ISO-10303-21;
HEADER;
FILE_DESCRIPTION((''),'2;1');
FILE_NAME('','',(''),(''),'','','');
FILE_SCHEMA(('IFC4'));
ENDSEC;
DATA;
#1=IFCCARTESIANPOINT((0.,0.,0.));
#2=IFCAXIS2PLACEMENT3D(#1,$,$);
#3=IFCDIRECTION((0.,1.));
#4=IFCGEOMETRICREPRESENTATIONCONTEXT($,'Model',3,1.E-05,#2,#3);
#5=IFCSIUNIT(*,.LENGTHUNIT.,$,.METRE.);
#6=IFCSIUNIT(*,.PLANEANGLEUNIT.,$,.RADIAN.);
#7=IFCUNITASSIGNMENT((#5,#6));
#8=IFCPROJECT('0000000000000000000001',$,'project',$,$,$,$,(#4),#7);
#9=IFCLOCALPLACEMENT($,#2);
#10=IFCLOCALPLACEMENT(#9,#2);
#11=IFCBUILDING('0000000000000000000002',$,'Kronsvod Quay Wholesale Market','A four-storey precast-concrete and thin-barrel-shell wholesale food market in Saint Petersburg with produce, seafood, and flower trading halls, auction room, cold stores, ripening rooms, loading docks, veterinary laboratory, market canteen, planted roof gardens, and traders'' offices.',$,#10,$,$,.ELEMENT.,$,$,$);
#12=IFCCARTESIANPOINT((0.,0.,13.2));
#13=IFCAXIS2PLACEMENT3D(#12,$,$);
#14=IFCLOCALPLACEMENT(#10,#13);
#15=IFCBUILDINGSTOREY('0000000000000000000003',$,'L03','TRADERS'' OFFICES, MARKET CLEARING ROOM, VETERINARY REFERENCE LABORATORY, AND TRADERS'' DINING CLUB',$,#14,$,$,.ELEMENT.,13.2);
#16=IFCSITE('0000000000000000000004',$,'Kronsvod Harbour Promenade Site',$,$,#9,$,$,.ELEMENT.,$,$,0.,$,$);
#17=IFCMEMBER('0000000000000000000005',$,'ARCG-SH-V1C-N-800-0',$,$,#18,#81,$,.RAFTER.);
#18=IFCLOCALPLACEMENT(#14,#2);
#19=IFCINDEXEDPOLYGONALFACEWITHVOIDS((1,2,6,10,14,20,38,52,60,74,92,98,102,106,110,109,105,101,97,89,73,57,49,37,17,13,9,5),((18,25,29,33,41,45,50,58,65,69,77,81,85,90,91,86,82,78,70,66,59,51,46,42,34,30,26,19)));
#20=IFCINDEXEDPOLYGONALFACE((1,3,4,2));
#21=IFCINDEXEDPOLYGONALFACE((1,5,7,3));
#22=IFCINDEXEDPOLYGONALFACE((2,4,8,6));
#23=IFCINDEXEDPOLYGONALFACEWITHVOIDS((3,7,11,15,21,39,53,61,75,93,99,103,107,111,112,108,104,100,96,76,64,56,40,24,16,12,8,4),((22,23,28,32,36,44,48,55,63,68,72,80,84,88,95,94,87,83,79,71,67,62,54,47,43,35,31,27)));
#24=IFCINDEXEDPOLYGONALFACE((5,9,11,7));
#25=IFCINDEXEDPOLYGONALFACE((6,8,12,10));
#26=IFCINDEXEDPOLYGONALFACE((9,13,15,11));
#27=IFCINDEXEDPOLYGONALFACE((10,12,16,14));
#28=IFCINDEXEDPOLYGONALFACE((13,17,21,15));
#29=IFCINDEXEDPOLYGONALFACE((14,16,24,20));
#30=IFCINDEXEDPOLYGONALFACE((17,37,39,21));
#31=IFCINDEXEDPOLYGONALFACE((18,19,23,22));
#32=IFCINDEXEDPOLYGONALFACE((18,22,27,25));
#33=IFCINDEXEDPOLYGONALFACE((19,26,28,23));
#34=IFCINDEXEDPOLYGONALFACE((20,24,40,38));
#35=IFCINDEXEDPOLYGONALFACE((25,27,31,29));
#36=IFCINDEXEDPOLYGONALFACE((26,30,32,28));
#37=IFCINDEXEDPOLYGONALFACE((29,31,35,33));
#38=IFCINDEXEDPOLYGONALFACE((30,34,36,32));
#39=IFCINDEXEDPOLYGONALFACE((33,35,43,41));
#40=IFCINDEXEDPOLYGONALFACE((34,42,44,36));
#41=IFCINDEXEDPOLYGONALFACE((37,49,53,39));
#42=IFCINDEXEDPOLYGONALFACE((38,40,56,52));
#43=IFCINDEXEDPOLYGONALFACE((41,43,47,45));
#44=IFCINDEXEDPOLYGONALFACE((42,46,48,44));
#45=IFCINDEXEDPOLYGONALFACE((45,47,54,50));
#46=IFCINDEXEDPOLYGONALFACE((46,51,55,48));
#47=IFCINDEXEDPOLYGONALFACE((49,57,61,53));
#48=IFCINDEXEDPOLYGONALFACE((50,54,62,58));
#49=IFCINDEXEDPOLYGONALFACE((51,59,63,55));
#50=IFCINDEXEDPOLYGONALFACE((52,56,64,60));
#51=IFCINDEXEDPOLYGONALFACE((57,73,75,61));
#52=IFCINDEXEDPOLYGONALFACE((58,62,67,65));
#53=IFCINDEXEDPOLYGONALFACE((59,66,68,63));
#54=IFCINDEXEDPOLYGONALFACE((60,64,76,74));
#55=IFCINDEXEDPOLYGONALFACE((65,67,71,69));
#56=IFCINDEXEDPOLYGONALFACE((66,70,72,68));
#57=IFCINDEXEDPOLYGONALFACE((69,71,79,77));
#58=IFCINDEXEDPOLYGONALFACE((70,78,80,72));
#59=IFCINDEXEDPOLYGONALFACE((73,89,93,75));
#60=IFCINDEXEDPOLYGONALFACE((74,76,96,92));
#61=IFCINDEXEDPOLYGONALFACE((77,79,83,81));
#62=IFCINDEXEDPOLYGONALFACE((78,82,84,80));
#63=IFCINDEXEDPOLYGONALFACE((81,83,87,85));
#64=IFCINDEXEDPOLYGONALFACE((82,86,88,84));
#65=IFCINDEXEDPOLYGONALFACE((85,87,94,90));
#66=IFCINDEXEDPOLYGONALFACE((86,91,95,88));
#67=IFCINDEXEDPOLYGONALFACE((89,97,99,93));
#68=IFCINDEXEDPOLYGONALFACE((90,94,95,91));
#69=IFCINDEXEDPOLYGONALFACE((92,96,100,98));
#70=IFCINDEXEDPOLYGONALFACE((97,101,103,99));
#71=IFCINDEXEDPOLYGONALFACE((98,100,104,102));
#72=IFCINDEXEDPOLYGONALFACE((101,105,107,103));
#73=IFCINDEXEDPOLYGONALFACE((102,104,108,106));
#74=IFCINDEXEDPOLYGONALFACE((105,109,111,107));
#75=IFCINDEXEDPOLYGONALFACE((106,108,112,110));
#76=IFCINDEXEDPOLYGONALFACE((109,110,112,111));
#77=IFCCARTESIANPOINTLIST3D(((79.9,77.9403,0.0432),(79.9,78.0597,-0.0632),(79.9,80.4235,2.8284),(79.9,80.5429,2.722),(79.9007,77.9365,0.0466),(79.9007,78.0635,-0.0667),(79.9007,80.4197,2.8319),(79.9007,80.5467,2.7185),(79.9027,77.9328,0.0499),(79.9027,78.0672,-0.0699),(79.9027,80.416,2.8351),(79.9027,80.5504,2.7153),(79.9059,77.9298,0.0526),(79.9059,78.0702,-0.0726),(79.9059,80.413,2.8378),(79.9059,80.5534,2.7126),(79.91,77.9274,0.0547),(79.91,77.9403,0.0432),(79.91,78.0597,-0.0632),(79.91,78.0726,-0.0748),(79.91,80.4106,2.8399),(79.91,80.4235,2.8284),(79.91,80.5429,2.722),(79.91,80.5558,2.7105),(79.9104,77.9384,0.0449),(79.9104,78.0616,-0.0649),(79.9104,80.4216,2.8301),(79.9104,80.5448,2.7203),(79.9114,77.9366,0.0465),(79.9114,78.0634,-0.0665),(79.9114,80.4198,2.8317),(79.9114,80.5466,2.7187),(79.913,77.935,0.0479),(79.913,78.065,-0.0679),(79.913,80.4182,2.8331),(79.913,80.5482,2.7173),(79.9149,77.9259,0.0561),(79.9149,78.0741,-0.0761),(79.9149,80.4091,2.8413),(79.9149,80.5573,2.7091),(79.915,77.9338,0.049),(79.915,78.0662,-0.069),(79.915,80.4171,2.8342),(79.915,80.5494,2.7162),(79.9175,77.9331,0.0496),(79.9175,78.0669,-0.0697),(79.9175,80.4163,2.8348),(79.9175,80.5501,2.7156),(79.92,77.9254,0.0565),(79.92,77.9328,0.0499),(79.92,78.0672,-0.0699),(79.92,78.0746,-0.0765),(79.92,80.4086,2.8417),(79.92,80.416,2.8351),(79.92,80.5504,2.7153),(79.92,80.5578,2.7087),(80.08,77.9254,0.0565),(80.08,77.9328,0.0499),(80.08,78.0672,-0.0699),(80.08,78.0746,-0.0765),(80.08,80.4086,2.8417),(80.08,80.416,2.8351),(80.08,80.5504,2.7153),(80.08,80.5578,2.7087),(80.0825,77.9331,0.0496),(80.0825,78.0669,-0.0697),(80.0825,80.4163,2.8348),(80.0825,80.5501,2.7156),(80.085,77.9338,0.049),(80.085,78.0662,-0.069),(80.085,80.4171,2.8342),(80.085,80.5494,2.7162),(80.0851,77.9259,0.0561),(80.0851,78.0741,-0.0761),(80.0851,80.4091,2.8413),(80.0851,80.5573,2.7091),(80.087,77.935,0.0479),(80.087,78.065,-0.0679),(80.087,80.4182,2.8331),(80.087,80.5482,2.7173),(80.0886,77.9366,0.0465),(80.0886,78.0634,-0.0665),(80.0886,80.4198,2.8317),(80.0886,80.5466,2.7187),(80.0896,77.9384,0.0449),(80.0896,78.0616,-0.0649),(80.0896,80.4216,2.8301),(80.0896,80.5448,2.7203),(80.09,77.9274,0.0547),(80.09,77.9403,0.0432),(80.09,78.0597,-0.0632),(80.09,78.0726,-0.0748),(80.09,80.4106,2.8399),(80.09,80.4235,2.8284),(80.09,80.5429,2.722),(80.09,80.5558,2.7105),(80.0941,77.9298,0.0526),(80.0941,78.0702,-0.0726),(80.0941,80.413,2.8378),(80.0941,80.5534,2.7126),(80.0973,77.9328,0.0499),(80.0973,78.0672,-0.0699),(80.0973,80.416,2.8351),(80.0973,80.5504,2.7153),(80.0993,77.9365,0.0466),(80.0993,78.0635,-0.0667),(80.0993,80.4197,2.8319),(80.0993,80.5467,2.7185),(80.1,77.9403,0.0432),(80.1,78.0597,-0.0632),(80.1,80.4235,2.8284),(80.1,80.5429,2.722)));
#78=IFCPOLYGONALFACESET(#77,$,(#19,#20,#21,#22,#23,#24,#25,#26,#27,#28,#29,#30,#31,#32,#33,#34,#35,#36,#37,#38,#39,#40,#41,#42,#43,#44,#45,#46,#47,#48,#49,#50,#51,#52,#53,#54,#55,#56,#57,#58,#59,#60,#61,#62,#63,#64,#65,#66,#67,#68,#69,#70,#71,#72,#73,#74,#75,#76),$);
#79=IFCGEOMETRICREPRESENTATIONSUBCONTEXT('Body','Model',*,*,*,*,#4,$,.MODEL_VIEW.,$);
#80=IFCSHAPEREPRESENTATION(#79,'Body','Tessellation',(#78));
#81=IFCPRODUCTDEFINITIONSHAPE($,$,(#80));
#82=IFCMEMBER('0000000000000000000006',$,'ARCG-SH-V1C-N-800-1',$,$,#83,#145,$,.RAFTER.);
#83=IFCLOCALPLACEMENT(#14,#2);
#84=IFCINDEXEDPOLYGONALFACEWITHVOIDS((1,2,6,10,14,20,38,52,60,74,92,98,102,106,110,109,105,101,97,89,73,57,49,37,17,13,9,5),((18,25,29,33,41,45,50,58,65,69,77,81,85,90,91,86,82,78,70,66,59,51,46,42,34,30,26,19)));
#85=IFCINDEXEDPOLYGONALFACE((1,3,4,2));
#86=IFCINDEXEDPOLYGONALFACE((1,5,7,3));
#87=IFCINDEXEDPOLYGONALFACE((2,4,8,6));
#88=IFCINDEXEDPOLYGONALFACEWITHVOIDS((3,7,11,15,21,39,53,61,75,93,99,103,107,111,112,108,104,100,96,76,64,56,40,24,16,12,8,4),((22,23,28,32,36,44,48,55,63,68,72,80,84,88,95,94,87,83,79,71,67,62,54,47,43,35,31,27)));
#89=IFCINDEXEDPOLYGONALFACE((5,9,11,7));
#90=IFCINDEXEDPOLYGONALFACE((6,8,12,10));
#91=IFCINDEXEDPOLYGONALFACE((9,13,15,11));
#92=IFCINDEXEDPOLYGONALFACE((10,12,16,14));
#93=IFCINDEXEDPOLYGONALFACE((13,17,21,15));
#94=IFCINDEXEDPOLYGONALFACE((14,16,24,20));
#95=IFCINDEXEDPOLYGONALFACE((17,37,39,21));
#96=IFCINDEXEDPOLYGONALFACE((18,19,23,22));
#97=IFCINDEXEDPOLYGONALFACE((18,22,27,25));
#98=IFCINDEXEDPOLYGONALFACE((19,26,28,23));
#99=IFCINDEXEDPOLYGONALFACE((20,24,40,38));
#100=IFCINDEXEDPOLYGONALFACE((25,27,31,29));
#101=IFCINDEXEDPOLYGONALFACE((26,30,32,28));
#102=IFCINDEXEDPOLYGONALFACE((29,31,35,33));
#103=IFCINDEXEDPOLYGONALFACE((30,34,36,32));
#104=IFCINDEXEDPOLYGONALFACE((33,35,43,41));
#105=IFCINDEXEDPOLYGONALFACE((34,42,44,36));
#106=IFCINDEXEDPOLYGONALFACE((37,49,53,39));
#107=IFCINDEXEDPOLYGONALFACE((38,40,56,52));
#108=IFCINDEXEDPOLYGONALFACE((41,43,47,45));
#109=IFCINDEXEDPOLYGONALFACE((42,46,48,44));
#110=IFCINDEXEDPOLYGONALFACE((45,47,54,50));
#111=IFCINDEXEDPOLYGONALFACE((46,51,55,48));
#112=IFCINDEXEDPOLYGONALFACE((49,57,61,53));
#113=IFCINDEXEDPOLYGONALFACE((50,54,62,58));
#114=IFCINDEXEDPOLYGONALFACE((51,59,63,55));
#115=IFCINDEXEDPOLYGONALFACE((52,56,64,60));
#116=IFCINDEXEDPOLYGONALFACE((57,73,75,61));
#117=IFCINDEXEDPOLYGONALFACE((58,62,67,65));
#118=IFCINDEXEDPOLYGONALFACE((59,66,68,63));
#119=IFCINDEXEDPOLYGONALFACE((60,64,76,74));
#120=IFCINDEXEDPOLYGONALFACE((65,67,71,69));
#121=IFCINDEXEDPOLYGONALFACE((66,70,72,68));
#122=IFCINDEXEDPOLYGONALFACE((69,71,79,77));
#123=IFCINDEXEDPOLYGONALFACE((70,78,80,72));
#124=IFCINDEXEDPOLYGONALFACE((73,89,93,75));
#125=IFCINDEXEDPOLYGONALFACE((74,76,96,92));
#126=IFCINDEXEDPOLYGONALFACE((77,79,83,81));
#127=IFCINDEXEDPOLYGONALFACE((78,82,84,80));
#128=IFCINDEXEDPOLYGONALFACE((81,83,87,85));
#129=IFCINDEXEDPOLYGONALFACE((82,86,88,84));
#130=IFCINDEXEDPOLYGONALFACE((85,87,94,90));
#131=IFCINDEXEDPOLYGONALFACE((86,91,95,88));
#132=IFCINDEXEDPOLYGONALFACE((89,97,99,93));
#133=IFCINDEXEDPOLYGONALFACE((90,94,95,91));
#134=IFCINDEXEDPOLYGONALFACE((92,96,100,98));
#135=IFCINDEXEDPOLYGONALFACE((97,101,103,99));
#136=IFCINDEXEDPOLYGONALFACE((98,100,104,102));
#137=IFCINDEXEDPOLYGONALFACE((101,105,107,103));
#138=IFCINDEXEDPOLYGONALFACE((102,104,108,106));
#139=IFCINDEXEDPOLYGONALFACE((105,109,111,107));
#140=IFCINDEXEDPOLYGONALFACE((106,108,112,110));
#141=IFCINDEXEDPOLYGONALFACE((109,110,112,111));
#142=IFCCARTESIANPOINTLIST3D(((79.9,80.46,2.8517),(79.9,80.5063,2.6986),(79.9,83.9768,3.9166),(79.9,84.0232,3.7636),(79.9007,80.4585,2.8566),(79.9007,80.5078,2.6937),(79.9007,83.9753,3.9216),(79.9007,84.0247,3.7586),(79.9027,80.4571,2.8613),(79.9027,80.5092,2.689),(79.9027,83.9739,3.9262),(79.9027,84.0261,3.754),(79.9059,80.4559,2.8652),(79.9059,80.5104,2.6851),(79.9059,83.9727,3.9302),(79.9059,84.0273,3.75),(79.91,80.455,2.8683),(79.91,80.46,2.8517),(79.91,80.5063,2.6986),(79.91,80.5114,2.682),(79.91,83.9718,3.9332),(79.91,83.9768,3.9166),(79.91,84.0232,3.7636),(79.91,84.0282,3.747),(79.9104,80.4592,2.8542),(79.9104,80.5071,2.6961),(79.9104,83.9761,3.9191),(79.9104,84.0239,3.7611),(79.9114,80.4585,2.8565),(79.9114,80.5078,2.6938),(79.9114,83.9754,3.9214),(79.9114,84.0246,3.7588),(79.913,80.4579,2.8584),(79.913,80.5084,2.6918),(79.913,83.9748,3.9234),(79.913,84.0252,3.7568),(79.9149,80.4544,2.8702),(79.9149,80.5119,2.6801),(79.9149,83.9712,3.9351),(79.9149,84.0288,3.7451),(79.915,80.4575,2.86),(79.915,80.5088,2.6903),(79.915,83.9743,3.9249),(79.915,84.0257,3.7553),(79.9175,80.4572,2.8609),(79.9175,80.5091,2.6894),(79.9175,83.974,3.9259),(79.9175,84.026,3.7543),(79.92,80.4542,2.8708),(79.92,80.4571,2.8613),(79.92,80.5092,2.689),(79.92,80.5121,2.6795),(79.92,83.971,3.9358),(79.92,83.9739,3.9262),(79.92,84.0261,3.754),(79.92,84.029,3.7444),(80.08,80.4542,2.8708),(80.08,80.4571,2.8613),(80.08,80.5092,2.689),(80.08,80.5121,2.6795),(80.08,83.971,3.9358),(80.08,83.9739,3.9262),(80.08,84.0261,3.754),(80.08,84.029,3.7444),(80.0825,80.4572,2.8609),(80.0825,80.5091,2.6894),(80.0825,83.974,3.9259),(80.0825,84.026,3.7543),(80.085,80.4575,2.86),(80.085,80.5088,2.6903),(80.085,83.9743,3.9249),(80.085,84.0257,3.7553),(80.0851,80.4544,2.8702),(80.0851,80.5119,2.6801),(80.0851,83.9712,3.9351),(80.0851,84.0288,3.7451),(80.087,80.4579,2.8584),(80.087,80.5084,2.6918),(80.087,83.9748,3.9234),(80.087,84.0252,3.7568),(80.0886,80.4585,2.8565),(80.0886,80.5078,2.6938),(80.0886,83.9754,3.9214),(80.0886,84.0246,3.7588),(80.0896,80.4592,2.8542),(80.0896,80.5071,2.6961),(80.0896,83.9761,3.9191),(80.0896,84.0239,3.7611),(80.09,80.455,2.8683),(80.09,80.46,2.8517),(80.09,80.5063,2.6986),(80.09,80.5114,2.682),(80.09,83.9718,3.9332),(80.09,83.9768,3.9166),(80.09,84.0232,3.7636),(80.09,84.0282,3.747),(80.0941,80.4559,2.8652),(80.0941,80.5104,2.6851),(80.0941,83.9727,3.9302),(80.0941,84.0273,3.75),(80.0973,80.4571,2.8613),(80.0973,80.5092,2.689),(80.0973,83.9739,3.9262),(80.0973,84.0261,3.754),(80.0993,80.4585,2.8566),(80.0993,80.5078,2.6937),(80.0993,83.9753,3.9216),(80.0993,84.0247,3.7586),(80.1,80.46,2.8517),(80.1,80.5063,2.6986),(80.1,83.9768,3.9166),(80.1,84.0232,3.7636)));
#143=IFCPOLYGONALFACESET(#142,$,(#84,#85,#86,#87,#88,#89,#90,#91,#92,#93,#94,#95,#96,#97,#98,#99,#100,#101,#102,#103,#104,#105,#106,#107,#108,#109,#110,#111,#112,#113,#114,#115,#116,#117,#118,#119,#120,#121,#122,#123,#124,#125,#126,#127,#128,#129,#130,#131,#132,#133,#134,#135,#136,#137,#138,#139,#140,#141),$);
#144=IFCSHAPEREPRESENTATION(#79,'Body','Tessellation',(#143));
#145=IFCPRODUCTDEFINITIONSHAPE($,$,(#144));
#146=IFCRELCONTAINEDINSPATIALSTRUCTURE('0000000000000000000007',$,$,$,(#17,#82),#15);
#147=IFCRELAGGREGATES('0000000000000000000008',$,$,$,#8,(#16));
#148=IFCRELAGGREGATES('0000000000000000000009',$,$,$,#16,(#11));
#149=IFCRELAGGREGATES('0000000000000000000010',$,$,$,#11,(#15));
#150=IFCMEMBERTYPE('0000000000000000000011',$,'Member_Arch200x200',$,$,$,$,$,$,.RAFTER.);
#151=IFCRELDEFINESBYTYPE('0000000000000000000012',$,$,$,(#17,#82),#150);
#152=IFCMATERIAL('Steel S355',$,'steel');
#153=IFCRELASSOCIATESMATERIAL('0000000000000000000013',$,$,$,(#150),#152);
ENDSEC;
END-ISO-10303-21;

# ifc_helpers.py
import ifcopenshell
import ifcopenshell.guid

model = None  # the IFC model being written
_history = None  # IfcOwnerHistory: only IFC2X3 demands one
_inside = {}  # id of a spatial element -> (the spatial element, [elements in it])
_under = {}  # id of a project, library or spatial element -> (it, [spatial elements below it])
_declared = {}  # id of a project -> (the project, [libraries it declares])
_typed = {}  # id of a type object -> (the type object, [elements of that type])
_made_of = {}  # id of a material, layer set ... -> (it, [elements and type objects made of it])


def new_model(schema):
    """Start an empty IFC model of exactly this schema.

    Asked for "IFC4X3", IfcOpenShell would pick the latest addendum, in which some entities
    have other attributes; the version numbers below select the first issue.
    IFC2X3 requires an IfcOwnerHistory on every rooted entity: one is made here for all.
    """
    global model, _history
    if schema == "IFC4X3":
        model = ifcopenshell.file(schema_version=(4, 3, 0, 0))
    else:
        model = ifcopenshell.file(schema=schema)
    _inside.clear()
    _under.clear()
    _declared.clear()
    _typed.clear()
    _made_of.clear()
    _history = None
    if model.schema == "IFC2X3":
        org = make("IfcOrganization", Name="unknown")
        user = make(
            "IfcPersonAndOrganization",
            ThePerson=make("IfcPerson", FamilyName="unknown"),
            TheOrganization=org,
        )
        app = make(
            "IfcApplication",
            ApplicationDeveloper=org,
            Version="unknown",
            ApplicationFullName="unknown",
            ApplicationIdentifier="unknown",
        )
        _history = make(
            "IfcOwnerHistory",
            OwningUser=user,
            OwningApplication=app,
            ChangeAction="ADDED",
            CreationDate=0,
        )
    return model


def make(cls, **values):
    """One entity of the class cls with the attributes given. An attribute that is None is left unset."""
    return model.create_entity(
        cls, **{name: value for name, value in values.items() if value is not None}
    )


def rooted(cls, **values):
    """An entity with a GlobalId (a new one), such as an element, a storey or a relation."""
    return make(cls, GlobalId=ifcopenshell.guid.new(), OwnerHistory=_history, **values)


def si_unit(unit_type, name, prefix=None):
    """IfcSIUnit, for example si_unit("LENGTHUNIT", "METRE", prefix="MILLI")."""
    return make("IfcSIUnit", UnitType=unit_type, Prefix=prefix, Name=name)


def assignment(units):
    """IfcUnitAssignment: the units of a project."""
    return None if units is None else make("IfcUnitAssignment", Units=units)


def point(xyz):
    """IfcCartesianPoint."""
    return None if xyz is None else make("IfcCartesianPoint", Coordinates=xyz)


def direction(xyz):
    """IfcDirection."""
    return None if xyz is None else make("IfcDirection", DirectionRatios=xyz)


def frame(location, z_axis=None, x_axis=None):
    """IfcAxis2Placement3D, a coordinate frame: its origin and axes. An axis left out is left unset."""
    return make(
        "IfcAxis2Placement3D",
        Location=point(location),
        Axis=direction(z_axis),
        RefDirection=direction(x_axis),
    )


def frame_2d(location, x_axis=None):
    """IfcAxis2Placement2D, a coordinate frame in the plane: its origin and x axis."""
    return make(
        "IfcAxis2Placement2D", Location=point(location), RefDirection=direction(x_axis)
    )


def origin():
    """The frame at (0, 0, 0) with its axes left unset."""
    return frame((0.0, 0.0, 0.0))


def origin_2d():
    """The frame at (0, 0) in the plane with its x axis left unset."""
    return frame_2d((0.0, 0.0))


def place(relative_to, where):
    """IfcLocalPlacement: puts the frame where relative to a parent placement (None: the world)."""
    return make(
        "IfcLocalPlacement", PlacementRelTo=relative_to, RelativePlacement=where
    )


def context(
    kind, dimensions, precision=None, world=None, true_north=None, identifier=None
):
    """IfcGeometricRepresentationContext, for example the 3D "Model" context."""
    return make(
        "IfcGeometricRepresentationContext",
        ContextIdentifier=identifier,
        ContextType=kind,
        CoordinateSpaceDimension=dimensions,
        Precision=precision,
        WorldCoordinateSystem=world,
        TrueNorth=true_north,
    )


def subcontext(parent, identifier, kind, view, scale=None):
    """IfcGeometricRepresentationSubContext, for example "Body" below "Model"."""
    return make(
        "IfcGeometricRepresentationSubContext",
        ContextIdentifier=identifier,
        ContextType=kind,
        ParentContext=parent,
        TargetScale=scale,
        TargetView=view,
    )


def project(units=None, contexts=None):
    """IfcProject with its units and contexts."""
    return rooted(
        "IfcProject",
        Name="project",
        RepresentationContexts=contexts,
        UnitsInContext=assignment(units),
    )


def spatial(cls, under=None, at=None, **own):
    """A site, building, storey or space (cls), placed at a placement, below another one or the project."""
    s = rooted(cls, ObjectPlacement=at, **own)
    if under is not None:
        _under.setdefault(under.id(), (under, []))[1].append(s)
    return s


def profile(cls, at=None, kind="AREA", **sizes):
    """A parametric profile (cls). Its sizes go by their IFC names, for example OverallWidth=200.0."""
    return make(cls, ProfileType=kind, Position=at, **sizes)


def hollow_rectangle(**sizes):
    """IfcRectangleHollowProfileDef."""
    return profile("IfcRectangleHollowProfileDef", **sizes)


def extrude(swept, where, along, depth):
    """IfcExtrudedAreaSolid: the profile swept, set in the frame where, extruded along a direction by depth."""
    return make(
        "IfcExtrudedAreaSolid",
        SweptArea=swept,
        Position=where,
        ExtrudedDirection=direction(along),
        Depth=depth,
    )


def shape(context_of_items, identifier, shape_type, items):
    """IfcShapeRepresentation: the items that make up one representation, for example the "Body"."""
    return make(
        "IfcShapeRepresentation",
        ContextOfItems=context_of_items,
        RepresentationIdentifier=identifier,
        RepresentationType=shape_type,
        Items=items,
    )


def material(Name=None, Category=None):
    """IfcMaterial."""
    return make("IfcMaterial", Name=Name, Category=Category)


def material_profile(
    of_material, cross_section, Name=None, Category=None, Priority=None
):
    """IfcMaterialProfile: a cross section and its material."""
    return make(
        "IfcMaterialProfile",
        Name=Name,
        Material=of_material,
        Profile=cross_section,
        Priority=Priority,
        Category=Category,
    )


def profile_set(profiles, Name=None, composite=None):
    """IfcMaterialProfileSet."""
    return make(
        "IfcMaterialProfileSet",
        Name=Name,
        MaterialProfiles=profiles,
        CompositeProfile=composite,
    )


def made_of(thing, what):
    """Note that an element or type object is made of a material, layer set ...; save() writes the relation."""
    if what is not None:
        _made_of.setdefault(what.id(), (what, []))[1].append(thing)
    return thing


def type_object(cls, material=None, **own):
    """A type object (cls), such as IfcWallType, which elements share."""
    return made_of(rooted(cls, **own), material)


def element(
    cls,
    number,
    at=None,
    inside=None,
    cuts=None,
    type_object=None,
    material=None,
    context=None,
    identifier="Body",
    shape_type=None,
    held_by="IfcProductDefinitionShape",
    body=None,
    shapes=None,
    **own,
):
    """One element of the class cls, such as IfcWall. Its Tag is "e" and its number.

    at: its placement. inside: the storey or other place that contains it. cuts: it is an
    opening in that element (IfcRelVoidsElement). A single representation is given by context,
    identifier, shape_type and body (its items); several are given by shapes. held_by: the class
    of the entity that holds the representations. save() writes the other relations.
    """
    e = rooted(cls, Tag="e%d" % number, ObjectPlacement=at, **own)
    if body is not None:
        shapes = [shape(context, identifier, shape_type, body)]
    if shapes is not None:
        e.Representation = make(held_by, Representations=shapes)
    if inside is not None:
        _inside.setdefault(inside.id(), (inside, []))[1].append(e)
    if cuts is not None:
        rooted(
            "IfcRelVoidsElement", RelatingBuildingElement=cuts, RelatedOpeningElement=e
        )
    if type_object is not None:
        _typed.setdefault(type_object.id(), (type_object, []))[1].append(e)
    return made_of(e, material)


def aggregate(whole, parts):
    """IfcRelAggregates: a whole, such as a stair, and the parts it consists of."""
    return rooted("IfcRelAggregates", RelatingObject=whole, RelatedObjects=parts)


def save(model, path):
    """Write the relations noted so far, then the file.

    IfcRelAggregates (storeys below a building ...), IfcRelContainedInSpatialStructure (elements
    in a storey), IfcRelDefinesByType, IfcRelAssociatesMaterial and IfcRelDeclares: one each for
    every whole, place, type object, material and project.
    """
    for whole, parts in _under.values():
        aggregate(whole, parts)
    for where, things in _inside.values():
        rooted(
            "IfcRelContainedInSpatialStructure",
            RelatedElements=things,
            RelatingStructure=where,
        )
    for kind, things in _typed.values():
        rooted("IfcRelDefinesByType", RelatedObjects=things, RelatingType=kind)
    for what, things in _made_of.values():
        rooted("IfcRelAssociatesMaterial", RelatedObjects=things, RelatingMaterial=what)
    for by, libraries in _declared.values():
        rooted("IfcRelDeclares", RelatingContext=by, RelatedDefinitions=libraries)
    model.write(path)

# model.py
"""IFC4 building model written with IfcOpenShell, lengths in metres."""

from ifc_helpers import new_model, si_unit, direction, frame, origin, origin_2d, place, context, subcontext, project, spatial, hollow_rectangle, extrude, material, material_profile, profile_set, type_object, element, save


model = new_model("IFC4")

# Units and contexts
model_context = context("Model", 3, precision=1e-05, world=origin(), true_north=direction((0.0, 1.0)))
body_context = subcontext(model_context, "Body", "Model", "MODEL_VIEW")
ifc_project = project(units=[si_unit("LENGTHUNIT", "METRE"), si_unit("PLANEANGLEUNIT", "RADIAN")], contexts=[model_context])

# Site, building, storey
site_placement = place(None, origin())
site = spatial("IfcSite", under=ifc_project, at=site_placement, Name="Kronsvod Harbour Promenade Site", CompositionType="ELEMENT", RefElevation=0.0)
building_placement = place(site_placement, origin())
building = spatial("IfcBuilding", under=site, at=building_placement, Name="Kronsvod Quay Wholesale Market", Description="A four-storey precast-concrete and thin-barrel-shell wholesale food market in Saint Petersburg with produce, seafood, and flower trading halls, auction room, cold stores, ripening rooms, loading docks, veterinary laboratory, market canteen, planted roof gardens, and traders' offices.", CompositionType="ELEMENT")
storey_placement = place(building_placement, frame((0.0, 0.0, 13.2)))
storey = spatial("IfcBuildingStorey", under=building, at=storey_placement, Name="L03", Description="TRADERS' OFFICES, MARKET CLEARING ROOM, VETERINARY REFERENCE LABORATORY, AND TRADERS' DINING CLUB", CompositionType="ELEMENT", Elevation=13.2)

# Members
ifc_material_1 = material(Name="Steel S355", Category="steel")
ifc_material_profile_1 = material_profile(ifc_material_1, hollow_rectangle(XDim=0.2, YDim=0.2, WallThickness=0.01, InnerFilletRadius=0.01, OuterFilletRadius=0.02, at=origin_2d()), Name="RHS200x200x10")
ifc_profile_set_1 = profile_set([ifc_material_profile_1], Name="Steel S355")
member_type_1 = type_object("IfcMemberType", Name="Member_Arch200x200", PredefinedType="RAFTER", material=ifc_profile_set_1)
for number, where, z_axis, x_axis, name in (
    (1, (80.0, 78.0, -0.01), (0.0, 0.66548, 0.746416), (-1.0, 0.0, 0.0), "ARCG-SH-V1C-N-800-0"),
):
    element("IfcMember", number, at=place(storey_placement, frame(where, z_axis=z_axis, x_axis=x_axis)), inside=storey, type_object=member_type_1, Name=name, PredefinedType="RAFTER", context=body_context, shape_type="SweptSolid", body=[
        extrude(hollow_rectangle(XDim=0.2, YDim=0.2, WallThickness=0.01, InnerFilletRadius=0.01, OuterFilletRadius=0.02, at=origin_2d()), origin(), (0.0, 0.0, 1.0), 3.7314),
    ])
for number, where, z_axis, x_axis, name in (
    (2, (80.0, 80.4832, 2.7751), (0.0, 0.957083, 0.289816), (-1.0, 0.0, 0.0), "ARCG-SH-V1C-N-800-1"),
):
    element("IfcMember", number, at=place(storey_placement, frame(where, z_axis=z_axis, x_axis=x_axis)), inside=storey, type_object=member_type_1, Name=name, PredefinedType="RAFTER", context=body_context, shape_type="SweptSolid", body=[
        extrude(hollow_rectangle(XDim=0.2, YDim=0.2, WallThickness=0.01, InnerFilletRadius=0.01, OuterFilletRadius=0.02, at=origin_2d()), origin(), (0.0, 0.0, 1.0), 3.6746),
    ])

save(model, "model.ifc")
